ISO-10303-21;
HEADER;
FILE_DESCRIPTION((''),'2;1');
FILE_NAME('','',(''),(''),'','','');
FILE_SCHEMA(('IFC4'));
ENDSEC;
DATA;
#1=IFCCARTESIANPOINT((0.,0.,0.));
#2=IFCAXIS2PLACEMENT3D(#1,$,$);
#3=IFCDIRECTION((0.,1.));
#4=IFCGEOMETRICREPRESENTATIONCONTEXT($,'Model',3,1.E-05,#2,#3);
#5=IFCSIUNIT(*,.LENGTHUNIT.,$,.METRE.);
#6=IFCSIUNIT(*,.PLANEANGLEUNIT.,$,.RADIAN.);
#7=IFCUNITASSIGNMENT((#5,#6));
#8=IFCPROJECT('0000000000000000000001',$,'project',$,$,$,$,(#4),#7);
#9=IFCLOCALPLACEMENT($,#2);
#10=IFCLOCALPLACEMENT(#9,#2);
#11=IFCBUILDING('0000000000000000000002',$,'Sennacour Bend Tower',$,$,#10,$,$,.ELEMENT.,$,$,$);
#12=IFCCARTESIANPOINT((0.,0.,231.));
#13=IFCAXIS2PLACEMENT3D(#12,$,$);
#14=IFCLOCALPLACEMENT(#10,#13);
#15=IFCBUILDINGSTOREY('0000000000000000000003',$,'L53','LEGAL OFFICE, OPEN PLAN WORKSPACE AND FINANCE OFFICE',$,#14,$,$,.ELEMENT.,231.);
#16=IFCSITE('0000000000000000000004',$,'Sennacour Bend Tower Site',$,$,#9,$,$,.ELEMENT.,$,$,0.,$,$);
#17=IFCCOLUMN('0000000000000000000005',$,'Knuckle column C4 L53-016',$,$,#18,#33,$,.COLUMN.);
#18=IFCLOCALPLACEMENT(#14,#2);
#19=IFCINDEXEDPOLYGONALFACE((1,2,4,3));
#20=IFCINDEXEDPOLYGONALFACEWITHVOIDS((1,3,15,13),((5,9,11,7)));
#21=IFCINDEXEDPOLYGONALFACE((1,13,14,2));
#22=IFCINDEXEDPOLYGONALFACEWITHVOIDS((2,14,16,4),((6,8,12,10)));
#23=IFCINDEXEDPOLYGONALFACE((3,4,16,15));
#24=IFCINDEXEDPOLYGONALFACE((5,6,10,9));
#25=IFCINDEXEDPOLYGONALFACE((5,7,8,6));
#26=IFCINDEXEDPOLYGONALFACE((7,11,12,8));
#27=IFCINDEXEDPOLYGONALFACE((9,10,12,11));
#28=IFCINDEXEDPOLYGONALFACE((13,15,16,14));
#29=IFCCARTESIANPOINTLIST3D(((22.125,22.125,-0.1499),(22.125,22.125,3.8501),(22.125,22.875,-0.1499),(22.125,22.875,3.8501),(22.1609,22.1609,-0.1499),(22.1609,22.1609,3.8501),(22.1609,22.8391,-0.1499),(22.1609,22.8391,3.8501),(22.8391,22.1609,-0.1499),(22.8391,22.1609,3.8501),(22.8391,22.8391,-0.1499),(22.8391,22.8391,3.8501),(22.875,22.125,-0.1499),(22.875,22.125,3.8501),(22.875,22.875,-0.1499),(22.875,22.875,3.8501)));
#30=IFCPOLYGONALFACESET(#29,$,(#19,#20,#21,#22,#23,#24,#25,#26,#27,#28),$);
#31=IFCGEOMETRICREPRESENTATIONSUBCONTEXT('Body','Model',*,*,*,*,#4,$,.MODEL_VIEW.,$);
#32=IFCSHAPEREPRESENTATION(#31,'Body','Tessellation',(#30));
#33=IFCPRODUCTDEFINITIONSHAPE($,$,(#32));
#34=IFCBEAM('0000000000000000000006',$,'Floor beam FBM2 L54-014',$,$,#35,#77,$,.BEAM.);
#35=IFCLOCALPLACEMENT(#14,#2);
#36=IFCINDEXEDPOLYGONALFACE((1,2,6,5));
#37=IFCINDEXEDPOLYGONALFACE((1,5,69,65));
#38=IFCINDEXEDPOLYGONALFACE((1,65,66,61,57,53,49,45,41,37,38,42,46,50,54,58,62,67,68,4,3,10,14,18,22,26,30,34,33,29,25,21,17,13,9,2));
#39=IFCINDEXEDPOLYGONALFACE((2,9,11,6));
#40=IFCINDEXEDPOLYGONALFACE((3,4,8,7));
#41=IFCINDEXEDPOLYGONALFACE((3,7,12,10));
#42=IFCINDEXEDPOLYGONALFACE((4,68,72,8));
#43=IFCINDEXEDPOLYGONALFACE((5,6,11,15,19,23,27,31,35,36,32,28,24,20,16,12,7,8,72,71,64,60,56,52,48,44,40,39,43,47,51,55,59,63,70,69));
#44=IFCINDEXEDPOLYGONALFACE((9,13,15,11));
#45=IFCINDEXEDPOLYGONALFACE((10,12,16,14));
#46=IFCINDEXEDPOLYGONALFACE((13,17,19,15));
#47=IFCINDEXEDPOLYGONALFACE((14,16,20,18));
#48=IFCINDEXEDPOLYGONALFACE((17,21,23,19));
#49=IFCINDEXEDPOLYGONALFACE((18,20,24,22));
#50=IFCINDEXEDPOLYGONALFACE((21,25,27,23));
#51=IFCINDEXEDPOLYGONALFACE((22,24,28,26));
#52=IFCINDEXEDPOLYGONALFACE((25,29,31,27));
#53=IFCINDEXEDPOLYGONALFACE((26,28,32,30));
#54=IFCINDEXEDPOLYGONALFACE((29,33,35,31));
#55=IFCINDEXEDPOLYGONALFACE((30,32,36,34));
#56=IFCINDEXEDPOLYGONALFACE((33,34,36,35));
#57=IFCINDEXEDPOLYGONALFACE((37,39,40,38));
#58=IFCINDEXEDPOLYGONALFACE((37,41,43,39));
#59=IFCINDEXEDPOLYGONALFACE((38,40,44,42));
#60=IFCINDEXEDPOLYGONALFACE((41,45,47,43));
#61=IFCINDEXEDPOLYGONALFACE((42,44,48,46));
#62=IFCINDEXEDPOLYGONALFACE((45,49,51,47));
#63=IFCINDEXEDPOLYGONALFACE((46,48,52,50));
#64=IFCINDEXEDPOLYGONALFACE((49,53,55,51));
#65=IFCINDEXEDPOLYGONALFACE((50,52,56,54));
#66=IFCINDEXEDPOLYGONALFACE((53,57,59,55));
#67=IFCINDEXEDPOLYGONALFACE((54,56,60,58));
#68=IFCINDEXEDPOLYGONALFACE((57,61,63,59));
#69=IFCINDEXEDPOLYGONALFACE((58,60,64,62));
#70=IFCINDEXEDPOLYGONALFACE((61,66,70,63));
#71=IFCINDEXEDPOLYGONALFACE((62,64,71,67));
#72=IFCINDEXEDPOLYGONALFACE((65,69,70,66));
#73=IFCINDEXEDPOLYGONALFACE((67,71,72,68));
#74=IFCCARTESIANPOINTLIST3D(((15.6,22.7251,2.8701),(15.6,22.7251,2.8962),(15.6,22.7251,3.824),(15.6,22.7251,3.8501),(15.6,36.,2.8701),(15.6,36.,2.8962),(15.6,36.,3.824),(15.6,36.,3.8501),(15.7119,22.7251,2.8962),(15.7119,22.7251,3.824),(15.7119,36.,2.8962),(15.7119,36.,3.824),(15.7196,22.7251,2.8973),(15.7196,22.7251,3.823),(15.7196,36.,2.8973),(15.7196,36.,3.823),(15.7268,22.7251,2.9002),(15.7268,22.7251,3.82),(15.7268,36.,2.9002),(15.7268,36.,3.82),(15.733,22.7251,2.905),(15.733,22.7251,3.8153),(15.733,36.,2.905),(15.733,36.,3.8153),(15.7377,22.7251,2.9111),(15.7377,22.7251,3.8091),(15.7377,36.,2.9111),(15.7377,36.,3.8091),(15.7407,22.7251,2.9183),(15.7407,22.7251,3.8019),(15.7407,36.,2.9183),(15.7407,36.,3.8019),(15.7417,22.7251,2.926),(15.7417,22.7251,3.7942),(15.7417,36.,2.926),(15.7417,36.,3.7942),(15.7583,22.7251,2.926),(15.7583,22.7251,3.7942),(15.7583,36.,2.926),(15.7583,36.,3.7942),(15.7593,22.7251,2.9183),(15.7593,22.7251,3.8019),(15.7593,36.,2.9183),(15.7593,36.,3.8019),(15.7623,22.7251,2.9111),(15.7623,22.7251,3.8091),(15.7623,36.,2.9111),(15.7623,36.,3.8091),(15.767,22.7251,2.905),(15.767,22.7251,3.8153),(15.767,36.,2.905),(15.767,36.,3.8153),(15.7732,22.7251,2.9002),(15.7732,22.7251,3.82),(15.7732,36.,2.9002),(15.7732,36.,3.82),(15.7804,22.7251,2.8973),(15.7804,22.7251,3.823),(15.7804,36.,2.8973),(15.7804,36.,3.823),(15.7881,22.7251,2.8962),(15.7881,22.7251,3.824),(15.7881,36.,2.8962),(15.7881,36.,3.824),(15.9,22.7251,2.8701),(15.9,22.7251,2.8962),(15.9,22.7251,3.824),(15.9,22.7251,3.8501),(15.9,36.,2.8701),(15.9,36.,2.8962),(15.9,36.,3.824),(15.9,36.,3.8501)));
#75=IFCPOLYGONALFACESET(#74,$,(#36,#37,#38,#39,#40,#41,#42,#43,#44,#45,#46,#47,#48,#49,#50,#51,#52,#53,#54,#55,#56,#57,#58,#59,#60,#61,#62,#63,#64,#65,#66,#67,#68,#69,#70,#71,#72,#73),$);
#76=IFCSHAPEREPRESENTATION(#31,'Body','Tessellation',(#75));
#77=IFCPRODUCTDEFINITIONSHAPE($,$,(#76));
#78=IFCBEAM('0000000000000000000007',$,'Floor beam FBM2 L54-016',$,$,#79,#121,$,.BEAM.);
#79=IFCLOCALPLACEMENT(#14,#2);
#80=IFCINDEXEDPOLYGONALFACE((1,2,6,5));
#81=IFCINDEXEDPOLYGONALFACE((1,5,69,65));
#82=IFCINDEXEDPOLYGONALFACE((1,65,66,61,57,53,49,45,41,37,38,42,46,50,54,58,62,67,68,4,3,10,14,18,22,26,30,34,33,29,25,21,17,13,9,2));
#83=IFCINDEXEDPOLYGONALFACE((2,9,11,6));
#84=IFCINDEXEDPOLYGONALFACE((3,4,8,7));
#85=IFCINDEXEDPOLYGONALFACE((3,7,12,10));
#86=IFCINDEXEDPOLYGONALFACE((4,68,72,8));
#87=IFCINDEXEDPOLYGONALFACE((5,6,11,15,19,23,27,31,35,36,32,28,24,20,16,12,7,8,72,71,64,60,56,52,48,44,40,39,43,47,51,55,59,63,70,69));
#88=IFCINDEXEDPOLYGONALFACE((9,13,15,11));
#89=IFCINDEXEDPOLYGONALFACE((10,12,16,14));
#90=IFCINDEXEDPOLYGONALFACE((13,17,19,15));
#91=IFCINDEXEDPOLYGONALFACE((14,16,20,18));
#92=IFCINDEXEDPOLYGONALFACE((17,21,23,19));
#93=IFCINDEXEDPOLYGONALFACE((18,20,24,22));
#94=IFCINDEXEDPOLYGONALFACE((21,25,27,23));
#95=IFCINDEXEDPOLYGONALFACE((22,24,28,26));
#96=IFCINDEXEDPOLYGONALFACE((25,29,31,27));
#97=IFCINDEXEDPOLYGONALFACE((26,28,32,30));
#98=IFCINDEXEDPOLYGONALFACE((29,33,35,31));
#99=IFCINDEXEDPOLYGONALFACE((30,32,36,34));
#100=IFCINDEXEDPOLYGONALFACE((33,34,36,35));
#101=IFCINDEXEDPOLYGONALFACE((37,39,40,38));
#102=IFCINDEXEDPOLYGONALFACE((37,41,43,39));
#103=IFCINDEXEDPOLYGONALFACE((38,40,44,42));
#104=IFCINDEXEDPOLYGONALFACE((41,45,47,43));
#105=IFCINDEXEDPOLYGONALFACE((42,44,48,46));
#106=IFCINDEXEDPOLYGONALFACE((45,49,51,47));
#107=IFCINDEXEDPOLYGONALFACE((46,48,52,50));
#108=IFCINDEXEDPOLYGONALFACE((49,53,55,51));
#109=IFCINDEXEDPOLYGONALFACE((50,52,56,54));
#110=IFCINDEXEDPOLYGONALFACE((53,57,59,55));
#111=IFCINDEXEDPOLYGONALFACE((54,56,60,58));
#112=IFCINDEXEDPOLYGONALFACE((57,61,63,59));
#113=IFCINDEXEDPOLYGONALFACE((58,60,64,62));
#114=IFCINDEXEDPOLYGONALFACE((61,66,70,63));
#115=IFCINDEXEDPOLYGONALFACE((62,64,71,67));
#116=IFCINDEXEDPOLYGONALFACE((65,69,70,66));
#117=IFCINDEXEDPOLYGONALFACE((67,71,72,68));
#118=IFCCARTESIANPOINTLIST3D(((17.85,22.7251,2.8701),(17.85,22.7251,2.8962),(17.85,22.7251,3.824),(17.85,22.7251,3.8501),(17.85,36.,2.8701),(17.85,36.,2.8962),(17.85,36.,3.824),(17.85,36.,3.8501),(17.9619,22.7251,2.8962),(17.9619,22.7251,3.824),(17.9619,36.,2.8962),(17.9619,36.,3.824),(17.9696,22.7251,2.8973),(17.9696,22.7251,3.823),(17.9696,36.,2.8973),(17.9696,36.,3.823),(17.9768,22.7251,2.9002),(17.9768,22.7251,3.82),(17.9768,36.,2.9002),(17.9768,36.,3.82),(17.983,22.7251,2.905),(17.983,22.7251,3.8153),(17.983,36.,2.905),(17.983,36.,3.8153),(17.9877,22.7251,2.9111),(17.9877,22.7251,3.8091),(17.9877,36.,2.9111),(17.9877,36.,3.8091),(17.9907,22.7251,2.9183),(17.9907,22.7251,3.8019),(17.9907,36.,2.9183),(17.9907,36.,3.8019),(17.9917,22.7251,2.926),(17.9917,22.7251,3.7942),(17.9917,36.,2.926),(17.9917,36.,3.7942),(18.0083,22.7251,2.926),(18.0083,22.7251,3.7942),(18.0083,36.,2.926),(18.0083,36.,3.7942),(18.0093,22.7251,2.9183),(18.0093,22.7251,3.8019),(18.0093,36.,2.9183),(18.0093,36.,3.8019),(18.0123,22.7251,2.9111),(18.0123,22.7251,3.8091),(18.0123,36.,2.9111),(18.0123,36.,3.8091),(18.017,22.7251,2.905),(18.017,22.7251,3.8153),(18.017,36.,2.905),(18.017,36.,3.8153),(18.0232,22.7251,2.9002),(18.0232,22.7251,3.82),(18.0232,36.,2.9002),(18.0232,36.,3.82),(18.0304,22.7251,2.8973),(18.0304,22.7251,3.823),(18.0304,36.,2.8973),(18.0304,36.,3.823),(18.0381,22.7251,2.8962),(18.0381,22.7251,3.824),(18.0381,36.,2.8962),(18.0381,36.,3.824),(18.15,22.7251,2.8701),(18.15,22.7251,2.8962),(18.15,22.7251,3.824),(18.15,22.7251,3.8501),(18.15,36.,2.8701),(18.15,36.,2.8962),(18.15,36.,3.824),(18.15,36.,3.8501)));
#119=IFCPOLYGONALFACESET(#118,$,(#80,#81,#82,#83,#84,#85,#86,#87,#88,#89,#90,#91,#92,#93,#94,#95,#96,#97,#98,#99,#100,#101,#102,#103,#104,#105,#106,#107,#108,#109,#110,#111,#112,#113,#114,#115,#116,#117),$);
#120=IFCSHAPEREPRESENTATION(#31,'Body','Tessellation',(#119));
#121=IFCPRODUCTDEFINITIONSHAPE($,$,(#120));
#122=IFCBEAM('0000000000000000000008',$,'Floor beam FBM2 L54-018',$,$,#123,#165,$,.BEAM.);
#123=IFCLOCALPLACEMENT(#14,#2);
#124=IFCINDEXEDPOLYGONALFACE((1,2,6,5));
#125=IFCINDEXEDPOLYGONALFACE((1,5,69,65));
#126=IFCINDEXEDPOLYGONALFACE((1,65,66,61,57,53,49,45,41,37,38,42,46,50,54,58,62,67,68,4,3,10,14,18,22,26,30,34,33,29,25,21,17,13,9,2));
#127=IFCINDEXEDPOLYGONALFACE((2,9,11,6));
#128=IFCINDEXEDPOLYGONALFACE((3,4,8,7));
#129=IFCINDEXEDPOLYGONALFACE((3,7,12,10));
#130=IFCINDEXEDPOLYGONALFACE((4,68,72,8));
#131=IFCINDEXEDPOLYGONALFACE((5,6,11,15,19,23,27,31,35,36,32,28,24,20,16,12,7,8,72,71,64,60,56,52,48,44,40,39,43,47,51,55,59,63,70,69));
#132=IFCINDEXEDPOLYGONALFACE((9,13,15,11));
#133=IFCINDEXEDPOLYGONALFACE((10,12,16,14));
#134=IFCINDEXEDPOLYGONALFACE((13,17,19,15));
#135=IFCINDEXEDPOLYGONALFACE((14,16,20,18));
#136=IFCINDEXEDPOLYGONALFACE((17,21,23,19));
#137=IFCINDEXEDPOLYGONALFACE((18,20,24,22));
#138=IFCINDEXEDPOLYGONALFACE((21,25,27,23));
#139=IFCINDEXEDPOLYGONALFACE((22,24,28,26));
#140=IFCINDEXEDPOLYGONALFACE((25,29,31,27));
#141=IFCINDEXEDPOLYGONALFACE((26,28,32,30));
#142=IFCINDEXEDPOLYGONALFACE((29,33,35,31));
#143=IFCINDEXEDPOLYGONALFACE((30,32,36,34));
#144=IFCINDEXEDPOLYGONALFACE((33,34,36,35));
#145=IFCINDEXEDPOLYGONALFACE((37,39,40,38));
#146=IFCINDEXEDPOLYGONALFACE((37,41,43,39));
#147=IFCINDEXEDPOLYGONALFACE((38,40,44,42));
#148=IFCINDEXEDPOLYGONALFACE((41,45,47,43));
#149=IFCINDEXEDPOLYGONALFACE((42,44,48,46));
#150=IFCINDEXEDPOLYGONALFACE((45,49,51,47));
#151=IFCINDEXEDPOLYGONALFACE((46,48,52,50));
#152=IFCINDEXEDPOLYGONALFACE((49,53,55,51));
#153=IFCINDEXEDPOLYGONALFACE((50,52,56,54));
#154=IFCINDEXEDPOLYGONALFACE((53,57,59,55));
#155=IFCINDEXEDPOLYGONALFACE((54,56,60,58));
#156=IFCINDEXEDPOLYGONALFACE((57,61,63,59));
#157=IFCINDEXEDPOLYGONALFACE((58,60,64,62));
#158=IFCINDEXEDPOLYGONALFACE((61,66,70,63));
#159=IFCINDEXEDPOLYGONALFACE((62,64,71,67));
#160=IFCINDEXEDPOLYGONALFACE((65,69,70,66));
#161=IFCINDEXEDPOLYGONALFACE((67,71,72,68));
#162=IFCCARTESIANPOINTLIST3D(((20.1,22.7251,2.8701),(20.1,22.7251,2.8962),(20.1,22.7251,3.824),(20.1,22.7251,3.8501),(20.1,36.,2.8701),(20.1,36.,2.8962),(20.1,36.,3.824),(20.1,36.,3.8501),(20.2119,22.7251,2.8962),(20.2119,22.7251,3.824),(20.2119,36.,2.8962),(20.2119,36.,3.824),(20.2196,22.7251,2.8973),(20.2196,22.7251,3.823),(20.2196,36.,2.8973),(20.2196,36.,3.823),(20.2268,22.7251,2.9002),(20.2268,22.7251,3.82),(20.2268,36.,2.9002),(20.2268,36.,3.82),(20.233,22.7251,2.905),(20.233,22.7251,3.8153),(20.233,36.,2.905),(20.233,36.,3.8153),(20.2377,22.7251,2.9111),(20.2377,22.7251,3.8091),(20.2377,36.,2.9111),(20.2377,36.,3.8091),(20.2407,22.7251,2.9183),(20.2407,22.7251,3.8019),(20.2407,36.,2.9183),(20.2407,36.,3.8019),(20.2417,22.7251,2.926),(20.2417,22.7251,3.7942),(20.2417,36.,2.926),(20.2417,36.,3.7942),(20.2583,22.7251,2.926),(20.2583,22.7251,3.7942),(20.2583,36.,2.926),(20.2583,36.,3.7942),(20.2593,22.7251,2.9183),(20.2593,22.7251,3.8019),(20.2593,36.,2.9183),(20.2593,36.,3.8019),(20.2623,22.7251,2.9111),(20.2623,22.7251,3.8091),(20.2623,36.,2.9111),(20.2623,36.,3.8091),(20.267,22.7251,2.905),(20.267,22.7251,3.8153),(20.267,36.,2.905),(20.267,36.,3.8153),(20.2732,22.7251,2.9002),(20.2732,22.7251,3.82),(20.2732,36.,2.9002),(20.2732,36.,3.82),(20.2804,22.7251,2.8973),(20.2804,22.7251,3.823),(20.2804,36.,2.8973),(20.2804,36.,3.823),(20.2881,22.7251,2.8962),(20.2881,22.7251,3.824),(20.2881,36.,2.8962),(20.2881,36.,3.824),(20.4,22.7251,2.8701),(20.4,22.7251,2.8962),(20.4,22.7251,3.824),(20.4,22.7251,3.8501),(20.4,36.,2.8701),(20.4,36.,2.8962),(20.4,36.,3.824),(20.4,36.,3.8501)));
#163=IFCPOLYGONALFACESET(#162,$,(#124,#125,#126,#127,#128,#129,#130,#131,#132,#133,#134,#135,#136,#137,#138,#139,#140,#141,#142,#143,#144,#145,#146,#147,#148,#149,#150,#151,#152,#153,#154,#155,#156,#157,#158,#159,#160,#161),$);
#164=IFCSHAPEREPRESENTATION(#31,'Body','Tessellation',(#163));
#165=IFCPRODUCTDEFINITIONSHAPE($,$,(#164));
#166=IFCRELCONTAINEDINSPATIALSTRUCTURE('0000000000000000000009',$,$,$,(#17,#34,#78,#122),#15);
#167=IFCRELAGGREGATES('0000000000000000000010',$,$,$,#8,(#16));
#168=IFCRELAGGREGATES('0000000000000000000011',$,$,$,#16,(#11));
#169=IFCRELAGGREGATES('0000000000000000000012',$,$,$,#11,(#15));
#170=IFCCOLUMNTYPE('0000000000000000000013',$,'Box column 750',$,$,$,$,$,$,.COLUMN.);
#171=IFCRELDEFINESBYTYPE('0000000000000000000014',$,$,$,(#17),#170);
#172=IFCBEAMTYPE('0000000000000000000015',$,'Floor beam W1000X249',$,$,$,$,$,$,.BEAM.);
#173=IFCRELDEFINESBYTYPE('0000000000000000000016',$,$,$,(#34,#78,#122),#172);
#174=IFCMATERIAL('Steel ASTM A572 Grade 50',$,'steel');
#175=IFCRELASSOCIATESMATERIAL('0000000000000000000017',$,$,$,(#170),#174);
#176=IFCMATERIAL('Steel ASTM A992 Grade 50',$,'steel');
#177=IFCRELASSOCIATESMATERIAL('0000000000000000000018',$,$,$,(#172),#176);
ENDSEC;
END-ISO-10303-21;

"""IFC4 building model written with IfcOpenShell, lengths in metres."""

from ifc_helpers import new_model, si_unit, direction, frame, origin, origin_2d, place, context, subcontext, project, spatial, hollow_rectangle, i_section, extrude, material, material_profile, profile_set, type_object, element, save


model = new_model("IFC4")

# Units and contexts
model_context = context("Model", 3, precision=1e-05, world=origin(), true_north=direction((0.0, 1.0)))
body_context = subcontext(model_context, "Body", "Model", "MODEL_VIEW")
ifc_project = project(units=[si_unit("LENGTHUNIT", "METRE"), si_unit("PLANEANGLEUNIT", "RADIAN")], contexts=[model_context])

# Site, building, storey
site_placement = place(None, origin())
site = spatial("IfcSite", under=ifc_project, at=site_placement, Name="Sennacour Bend Tower Site", CompositionType="ELEMENT", RefElevation=0.0)
building_placement = place(site_placement, origin())
building = spatial("IfcBuilding", under=site, at=building_placement, Name="Sennacour Bend Tower", CompositionType="ELEMENT")
storey_placement = place(building_placement, frame((0.0, 0.0, 231.0)))
storey = spatial("IfcBuildingStorey", under=building, at=storey_placement, Name="L53", Description="LEGAL OFFICE, OPEN PLAN WORKSPACE AND FINANCE OFFICE", CompositionType="ELEMENT", Elevation=231.0)

# Column
ifc_material_1 = material(Name="Steel ASTM A572 Grade 50", Category="steel")
ifc_material_profile_1 = material_profile(ifc_material_1, hollow_rectangle(XDim=0.75, YDim=0.75, WallThickness=0.0359, at=origin_2d()), Name="Steel ASTM A572 Grade 50", Category="steel")
ifc_profile_set_1 = profile_set([ifc_material_profile_1], Name="Steel ASTM A572 Grade 50")
column_type = type_object("IfcColumnType", Name="Box column 750", PredefinedType="COLUMN", material=ifc_profile_set_1)
column_placement = place(storey_placement, frame((22.5, 22.5, -0.1499), z_axis=(0.0, 0.0, 1.0), x_axis=(1.0, 0.0, 0.0)))
element("IfcColumn", 1, at=column_placement, inside=storey, type_object=column_type, Name="Knuckle column C4 L53-016", PredefinedType="COLUMN", context=body_context, shape_type="SweptSolid", body=[
    extrude(hollow_rectangle(XDim=0.75, YDim=0.75, WallThickness=0.0359, at=origin_2d()), origin(), (0.0, 0.0, 1.0), 4.0),
])

# Beams
ifc_material_2 = material(Name="Steel ASTM A992 Grade 50", Category="steel")
ifc_material_profile_2 = material_profile(ifc_material_2, i_section(OverallWidth=0.3, OverallDepth=0.98, WebThickness=0.0166, FlangeThickness=0.0261, FilletRadius=0.0298, at=origin_2d()), Name="Steel ASTM A992 Grade 50", Category="steel")
ifc_profile_set_2 = profile_set([ifc_material_profile_2], Name="Steel ASTM A992 Grade 50")
beam_type_1 = type_object("IfcBeamType", Name="Floor beam W1000X249", PredefinedType="BEAM", material=ifc_profile_set_2)
for number, where, z_axis, x_axis, name in (
    (2, (15.75, 22.7251, 3.3601), (0.0, 1.0, 0.0), (-1.0, 0.0, 0.0), "Floor beam FBM2 L54-014"),
    (3, (18.0, 22.7251, 3.3601), (0.0, 1.0, 0.0), (-1.0, 0.0, 0.0), "Floor beam FBM2 L54-016"),
    (4, (20.25, 22.7251, 3.3601), (0.0, 1.0, 0.0), (-1.0, 0.0, 0.0), "Floor beam FBM2 L54-018"),
):
    element("IfcBeam", number, at=place(storey_placement, frame(where, z_axis=z_axis, x_axis=x_axis)), inside=storey, type_object=beam_type_1, Name=name, PredefinedType="BEAM", context=body_context, shape_type="SweptSolid", body=[
        extrude(i_section(OverallWidth=0.3, OverallDepth=0.98, WebThickness=0.0166, FlangeThickness=0.0261, FilletRadius=0.0298, at=origin_2d()), origin(), (0.0, 0.0, 1.0), 13.2749),
    ])

save(model, "model.ifc")
